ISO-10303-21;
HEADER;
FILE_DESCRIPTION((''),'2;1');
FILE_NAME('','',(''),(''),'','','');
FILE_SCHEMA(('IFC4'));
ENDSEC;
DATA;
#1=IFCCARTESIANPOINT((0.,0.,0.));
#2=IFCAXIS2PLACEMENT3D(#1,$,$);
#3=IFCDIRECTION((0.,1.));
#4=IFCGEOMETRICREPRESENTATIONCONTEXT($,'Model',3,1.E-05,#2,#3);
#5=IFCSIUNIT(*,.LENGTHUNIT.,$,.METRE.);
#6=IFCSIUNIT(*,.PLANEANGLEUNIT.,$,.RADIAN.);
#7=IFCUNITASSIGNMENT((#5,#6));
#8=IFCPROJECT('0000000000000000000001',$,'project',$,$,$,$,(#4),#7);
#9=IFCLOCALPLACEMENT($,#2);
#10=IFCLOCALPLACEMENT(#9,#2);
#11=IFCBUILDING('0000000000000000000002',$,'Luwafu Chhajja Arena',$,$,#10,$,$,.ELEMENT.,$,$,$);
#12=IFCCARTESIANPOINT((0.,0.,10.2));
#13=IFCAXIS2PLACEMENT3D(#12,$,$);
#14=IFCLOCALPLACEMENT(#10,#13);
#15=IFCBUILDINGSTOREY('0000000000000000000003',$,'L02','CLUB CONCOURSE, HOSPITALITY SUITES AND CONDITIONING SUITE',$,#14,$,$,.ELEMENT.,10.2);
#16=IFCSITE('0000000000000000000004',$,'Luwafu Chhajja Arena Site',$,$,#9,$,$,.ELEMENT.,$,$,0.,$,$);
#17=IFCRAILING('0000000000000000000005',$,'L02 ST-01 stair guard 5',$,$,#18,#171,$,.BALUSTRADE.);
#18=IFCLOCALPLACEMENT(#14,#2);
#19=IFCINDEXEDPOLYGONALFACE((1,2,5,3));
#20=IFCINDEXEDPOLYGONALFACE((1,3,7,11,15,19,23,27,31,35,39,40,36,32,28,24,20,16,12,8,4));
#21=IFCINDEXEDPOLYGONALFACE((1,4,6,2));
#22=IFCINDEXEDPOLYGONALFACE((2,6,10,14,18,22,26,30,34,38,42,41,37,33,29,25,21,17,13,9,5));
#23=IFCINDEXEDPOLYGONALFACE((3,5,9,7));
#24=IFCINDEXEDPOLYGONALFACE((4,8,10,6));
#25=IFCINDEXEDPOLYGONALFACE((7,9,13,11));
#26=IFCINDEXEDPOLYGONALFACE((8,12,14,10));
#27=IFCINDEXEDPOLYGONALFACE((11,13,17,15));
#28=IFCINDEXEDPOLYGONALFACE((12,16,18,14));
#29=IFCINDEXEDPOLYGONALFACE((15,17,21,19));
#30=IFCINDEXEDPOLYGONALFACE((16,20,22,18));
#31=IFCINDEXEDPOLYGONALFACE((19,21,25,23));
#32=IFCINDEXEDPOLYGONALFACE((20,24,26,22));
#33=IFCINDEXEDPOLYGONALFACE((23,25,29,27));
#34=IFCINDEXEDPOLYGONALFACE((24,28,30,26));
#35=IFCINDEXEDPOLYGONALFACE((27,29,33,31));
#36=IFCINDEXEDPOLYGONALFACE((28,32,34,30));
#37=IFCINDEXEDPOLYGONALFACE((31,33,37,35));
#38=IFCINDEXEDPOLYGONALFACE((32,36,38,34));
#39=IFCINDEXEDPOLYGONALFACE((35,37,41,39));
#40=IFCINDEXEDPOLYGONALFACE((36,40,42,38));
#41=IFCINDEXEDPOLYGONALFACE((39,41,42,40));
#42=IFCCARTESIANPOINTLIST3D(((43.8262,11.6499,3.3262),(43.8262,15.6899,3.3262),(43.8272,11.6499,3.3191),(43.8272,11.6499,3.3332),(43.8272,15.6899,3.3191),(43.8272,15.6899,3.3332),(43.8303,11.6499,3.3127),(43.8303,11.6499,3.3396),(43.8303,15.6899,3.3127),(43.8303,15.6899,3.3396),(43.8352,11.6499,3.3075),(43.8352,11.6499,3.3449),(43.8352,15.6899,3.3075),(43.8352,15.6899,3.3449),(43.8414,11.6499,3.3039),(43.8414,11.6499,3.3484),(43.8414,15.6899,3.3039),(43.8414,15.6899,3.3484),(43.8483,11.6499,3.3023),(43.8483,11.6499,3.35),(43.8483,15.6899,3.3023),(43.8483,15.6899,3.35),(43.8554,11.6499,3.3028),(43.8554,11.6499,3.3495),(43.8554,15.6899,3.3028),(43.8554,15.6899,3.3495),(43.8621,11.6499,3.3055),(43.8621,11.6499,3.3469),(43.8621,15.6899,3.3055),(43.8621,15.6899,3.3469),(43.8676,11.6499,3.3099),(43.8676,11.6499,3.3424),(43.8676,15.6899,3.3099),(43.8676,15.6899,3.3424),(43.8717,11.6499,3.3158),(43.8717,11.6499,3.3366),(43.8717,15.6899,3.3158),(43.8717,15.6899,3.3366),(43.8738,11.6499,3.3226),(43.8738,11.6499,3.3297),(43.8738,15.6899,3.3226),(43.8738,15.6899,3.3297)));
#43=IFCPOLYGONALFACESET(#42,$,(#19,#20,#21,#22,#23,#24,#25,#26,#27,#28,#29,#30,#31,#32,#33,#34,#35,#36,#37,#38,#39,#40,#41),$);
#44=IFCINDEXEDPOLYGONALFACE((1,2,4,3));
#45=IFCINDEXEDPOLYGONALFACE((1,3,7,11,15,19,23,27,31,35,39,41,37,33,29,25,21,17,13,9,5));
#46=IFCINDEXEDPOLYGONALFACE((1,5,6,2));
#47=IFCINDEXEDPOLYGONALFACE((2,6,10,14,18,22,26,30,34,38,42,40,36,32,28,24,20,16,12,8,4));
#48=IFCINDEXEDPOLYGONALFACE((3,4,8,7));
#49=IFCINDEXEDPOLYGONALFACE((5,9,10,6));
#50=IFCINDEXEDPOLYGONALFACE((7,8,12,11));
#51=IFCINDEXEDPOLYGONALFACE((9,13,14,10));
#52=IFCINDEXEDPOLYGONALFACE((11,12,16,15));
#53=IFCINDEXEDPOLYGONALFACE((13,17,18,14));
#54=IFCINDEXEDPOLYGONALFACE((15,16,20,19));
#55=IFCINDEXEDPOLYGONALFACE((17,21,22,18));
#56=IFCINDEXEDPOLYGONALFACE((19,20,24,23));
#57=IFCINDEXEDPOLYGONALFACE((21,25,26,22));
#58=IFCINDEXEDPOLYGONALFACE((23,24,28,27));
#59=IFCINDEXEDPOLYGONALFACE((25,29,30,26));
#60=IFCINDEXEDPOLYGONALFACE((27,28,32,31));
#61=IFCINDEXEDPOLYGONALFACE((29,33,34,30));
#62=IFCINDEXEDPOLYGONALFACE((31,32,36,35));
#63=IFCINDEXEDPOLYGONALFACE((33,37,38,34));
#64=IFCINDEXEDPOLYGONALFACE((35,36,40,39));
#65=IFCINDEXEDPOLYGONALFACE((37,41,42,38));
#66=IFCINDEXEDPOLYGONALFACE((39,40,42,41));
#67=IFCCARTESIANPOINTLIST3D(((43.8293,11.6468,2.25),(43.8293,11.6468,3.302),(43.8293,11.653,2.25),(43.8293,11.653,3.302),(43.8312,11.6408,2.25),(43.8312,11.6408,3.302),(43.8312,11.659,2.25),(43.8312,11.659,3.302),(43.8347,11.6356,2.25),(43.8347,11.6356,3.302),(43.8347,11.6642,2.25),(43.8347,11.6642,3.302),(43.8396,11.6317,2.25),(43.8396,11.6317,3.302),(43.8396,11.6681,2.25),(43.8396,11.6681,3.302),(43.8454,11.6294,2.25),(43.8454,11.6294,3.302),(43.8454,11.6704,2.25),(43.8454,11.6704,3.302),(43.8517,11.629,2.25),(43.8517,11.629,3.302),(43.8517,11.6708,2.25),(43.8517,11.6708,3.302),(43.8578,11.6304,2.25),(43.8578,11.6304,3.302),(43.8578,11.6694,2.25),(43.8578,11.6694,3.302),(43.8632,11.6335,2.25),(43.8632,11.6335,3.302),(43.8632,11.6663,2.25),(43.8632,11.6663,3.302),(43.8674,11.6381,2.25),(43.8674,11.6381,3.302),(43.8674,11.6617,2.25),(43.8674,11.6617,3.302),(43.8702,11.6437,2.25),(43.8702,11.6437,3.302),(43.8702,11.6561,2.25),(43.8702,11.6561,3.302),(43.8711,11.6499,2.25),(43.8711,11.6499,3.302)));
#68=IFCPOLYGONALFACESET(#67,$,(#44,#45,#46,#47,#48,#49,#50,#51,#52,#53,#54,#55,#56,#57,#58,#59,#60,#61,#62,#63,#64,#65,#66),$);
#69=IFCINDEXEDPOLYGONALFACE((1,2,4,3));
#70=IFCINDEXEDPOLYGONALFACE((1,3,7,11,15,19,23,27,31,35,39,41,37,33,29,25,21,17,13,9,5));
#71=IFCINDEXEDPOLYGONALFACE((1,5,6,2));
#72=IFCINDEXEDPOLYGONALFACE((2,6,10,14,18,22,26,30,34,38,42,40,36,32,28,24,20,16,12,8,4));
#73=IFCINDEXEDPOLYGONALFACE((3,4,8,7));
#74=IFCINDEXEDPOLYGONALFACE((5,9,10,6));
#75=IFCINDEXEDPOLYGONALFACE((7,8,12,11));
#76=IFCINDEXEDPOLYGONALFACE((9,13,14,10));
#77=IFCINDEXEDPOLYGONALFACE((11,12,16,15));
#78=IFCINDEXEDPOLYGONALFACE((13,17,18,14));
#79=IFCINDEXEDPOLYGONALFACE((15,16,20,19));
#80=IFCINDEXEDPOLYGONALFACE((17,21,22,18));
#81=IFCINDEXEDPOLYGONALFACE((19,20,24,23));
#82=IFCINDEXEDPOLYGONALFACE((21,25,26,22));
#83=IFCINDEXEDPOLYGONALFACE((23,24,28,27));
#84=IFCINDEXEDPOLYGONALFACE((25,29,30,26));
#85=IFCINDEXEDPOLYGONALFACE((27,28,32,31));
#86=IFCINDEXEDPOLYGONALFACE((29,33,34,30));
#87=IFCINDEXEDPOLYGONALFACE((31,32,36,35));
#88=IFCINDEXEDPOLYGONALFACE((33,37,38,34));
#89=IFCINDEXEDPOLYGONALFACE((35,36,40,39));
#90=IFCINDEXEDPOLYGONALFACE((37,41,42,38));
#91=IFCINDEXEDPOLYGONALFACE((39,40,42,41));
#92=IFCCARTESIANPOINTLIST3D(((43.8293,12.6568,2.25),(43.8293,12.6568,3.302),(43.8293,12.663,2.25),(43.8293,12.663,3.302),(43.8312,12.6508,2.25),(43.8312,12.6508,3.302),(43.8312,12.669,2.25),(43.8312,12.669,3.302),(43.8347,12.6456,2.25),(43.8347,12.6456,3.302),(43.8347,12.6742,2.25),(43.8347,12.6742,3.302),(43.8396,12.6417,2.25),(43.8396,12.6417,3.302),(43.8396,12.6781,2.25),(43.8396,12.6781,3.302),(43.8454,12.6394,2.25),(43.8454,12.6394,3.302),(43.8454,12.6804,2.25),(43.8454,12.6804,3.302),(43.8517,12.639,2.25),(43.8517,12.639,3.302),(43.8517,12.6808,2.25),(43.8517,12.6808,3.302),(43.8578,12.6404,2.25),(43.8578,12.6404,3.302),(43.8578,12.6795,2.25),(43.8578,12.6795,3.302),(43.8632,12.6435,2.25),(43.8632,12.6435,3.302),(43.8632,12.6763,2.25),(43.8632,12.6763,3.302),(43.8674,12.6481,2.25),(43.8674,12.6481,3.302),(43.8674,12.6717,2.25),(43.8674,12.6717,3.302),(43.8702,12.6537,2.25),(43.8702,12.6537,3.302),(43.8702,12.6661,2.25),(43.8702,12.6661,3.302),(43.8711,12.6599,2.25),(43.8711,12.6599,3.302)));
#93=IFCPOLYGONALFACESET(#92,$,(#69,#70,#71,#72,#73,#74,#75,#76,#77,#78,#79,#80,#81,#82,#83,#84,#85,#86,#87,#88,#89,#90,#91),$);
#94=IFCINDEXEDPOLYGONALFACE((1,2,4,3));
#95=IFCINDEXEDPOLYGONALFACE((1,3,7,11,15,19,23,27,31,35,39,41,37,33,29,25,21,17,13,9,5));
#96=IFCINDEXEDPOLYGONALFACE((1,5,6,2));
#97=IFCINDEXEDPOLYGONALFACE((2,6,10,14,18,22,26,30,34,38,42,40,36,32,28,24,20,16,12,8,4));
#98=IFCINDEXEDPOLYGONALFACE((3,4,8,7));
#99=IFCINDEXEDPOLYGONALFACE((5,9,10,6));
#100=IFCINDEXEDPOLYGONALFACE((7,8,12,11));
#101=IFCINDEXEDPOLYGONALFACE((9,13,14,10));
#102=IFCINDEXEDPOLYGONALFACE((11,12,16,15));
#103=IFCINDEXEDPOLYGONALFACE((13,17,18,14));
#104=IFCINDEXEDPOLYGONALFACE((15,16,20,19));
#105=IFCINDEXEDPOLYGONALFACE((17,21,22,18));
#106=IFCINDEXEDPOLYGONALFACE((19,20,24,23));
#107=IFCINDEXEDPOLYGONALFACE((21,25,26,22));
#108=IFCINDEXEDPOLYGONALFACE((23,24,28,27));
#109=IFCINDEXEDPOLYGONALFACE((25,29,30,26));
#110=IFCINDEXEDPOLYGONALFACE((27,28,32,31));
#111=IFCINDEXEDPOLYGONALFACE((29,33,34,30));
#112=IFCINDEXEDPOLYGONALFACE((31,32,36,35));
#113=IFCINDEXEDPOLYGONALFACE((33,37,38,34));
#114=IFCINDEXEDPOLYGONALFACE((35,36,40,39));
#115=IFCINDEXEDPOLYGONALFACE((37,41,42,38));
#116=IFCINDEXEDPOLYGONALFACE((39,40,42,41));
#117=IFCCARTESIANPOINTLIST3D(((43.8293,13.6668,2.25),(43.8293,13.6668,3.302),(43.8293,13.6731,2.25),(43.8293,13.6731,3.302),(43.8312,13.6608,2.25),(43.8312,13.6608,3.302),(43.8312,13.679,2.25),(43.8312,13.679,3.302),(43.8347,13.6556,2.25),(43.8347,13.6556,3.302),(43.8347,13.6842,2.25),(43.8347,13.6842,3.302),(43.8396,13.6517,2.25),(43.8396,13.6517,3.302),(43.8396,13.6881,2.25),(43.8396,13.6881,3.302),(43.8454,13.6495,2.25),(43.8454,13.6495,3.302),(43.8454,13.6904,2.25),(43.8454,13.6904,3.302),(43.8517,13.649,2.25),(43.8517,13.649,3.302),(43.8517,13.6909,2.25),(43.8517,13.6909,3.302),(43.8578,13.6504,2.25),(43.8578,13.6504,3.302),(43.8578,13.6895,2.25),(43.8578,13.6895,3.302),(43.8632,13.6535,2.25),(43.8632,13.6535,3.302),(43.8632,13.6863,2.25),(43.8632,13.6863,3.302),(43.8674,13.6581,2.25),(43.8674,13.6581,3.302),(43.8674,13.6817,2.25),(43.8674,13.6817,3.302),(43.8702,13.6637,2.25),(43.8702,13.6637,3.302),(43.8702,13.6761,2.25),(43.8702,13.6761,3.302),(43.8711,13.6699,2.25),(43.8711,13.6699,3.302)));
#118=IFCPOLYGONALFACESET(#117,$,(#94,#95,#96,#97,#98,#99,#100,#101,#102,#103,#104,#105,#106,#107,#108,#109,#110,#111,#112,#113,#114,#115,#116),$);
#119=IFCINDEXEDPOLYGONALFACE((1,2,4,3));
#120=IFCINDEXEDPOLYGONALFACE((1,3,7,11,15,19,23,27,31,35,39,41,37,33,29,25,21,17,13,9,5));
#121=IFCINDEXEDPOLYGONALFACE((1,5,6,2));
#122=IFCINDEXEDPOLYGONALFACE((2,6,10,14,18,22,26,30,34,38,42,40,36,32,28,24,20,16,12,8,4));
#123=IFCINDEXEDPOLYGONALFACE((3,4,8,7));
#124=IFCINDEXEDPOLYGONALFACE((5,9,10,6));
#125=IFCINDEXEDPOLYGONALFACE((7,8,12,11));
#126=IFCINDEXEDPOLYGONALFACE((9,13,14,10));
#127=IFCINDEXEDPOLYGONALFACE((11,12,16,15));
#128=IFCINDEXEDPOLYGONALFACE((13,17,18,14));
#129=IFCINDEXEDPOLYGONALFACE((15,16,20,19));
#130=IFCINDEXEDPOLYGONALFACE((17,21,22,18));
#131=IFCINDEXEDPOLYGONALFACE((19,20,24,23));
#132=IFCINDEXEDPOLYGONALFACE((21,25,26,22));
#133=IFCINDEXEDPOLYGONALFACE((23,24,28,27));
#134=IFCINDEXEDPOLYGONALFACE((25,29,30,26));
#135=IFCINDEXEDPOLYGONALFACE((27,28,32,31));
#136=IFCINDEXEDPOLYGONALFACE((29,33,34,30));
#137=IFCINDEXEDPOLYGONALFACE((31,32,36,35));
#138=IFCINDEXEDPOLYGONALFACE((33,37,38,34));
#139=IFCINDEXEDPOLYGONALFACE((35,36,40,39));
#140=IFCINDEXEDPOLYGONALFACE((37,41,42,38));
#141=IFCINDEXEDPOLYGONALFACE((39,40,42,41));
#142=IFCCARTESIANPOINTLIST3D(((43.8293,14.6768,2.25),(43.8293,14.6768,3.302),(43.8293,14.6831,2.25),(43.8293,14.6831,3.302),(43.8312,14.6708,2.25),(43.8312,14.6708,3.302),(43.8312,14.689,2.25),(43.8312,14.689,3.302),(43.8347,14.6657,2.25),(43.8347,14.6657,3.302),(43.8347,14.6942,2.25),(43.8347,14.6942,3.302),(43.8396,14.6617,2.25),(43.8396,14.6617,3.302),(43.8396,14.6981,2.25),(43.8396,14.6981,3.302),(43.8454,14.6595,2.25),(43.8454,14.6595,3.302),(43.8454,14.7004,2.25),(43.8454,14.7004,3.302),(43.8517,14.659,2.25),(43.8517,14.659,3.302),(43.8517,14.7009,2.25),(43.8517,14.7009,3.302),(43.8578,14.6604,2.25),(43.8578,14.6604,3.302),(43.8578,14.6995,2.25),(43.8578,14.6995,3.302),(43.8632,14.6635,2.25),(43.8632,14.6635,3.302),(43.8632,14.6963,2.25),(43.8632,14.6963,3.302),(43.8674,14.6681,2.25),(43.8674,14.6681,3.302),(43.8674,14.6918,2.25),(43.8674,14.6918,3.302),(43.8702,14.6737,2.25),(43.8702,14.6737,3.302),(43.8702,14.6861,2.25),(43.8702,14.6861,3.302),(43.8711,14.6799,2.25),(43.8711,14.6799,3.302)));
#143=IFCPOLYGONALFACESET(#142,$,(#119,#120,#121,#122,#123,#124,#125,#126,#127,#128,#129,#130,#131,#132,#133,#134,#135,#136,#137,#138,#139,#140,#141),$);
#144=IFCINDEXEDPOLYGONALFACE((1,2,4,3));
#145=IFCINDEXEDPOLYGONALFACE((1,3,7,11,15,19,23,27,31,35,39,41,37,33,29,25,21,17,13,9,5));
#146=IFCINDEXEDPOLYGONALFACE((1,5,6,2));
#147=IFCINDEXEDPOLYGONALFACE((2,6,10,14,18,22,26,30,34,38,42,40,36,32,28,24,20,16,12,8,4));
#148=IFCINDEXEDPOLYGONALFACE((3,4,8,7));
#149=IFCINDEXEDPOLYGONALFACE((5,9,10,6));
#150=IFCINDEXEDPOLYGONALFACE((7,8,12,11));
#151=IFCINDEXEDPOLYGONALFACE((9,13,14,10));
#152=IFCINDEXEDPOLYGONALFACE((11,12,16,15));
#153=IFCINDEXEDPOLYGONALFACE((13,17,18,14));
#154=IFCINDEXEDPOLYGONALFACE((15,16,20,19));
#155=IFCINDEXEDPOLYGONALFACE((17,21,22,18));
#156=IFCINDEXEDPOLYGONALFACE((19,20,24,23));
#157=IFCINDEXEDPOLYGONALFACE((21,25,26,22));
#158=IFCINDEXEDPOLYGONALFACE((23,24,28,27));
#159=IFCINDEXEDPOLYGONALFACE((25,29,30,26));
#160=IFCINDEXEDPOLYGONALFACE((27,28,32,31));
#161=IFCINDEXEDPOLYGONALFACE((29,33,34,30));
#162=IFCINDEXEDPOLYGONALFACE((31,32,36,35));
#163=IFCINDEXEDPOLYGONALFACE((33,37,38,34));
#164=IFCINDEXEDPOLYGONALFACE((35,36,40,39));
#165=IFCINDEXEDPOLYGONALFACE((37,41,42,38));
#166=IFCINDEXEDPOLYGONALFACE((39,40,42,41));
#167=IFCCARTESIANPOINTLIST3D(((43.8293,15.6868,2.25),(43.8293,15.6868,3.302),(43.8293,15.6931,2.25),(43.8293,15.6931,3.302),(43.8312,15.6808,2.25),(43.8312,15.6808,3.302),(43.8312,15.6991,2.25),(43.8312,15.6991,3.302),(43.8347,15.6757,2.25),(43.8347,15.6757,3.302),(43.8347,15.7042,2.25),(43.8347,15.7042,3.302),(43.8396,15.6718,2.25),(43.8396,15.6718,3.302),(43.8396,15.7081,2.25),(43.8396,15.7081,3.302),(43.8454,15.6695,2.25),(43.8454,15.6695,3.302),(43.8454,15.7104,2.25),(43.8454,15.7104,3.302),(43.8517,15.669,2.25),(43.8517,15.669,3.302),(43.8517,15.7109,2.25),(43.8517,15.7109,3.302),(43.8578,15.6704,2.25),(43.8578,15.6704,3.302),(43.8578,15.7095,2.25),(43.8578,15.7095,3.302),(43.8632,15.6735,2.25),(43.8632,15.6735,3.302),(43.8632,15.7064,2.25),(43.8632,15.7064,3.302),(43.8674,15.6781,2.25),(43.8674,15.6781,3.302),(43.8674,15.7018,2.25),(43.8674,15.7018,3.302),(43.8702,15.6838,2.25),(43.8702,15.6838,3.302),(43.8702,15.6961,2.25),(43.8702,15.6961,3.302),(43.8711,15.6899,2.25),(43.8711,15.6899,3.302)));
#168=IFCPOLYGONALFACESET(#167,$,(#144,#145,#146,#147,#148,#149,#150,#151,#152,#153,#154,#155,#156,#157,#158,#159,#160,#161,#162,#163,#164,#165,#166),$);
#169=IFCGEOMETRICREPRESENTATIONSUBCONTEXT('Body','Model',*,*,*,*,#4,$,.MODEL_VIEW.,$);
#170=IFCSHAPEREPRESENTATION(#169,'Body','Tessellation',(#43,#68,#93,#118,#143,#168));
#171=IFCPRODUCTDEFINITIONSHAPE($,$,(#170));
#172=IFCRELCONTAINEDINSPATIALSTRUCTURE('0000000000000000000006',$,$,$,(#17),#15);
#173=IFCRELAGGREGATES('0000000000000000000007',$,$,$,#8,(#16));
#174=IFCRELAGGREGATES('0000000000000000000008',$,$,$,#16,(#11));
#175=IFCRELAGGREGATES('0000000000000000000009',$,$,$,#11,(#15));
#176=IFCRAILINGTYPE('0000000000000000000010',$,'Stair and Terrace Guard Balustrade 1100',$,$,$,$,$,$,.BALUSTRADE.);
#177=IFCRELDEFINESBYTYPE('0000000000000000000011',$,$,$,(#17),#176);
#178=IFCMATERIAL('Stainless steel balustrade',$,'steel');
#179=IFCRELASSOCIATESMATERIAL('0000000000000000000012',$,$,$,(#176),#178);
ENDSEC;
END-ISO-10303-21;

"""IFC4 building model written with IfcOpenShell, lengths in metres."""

from ifc_helpers import new_model, si_unit, direction, frame, origin, origin_2d, place, context, subcontext, project, spatial, circle, extrude, material, type_object, element, save


model = new_model("IFC4")

# Units and contexts
model_context = context("Model", 3, precision=1e-05, world=origin(), true_north=direction((0.0, 1.0)))
body_context = subcontext(model_context, "Body", "Model", "MODEL_VIEW")
ifc_project = project(units=[si_unit("LENGTHUNIT", "METRE"), si_unit("PLANEANGLEUNIT", "RADIAN")], contexts=[model_context])

# Site, building, storey
site_placement = place(None, origin())
site = spatial("IfcSite", under=ifc_project, at=site_placement, Name="Luwafu Chhajja Arena Site", CompositionType="ELEMENT", RefElevation=0.0)
building_placement = place(site_placement, origin())
building = spatial("IfcBuilding", under=site, at=building_placement, Name="Luwafu Chhajja Arena", CompositionType="ELEMENT")
storey_placement = place(building_placement, frame((0.0, 0.0, 10.2)))
storey = spatial("IfcBuildingStorey", under=building, at=storey_placement, Name="L02", Description="CLUB CONCOURSE, HOSPITALITY SUITES AND CONDITIONING SUITE", CompositionType="ELEMENT", Elevation=10.2)

# Railing
ifc_material_1 = material(Name="Stainless steel balustrade", Category="steel")
railing_type_1 = type_object("IfcRailingType", Name="Stair and Terrace Guard Balustrade 1100", PredefinedType="BALUSTRADE", material=ifc_material_1)
railing_1_placement = place(storey_placement, frame((43.8501, 11.6499, 2.25)))
element("IfcRailing", 1, at=railing_1_placement, inside=storey, type_object=railing_type_1, Name="L02 ST-01 stair guard 5", PredefinedType="BALUSTRADE", context=body_context, shape_type="SweptSolid", body=[
    extrude(circle(Radius=0.0239, at=origin_2d()), frame((0.0, 0.0, 1.0762), z_axis=(0.0, 1.0, 0.0), x_axis=(-1.0, 0.0, 0.0)), (0.0, 0.0, 1.0), 4.04),
    extrude(circle(Radius=0.021, at=origin_2d()), origin(), (0.0, 0.0, 1.0), 1.052),
    extrude(circle(Radius=0.021, at=origin_2d()), frame((0.0, 1.01, 0.0)), (0.0, 0.0, 1.0), 1.052),
    extrude(circle(Radius=0.021, at=origin_2d()), frame((0.0, 2.02, 0.0)), (0.0, 0.0, 1.0), 1.052),
    extrude(circle(Radius=0.021, at=origin_2d()), frame((0.0, 3.03, 0.0)), (0.0, 0.0, 1.0), 1.052),
    extrude(circle(Radius=0.021, at=origin_2d()), frame((0.0, 4.04, 0.0)), (0.0, 0.0, 1.0), 1.052),
])

save(model, "model.ifc")
